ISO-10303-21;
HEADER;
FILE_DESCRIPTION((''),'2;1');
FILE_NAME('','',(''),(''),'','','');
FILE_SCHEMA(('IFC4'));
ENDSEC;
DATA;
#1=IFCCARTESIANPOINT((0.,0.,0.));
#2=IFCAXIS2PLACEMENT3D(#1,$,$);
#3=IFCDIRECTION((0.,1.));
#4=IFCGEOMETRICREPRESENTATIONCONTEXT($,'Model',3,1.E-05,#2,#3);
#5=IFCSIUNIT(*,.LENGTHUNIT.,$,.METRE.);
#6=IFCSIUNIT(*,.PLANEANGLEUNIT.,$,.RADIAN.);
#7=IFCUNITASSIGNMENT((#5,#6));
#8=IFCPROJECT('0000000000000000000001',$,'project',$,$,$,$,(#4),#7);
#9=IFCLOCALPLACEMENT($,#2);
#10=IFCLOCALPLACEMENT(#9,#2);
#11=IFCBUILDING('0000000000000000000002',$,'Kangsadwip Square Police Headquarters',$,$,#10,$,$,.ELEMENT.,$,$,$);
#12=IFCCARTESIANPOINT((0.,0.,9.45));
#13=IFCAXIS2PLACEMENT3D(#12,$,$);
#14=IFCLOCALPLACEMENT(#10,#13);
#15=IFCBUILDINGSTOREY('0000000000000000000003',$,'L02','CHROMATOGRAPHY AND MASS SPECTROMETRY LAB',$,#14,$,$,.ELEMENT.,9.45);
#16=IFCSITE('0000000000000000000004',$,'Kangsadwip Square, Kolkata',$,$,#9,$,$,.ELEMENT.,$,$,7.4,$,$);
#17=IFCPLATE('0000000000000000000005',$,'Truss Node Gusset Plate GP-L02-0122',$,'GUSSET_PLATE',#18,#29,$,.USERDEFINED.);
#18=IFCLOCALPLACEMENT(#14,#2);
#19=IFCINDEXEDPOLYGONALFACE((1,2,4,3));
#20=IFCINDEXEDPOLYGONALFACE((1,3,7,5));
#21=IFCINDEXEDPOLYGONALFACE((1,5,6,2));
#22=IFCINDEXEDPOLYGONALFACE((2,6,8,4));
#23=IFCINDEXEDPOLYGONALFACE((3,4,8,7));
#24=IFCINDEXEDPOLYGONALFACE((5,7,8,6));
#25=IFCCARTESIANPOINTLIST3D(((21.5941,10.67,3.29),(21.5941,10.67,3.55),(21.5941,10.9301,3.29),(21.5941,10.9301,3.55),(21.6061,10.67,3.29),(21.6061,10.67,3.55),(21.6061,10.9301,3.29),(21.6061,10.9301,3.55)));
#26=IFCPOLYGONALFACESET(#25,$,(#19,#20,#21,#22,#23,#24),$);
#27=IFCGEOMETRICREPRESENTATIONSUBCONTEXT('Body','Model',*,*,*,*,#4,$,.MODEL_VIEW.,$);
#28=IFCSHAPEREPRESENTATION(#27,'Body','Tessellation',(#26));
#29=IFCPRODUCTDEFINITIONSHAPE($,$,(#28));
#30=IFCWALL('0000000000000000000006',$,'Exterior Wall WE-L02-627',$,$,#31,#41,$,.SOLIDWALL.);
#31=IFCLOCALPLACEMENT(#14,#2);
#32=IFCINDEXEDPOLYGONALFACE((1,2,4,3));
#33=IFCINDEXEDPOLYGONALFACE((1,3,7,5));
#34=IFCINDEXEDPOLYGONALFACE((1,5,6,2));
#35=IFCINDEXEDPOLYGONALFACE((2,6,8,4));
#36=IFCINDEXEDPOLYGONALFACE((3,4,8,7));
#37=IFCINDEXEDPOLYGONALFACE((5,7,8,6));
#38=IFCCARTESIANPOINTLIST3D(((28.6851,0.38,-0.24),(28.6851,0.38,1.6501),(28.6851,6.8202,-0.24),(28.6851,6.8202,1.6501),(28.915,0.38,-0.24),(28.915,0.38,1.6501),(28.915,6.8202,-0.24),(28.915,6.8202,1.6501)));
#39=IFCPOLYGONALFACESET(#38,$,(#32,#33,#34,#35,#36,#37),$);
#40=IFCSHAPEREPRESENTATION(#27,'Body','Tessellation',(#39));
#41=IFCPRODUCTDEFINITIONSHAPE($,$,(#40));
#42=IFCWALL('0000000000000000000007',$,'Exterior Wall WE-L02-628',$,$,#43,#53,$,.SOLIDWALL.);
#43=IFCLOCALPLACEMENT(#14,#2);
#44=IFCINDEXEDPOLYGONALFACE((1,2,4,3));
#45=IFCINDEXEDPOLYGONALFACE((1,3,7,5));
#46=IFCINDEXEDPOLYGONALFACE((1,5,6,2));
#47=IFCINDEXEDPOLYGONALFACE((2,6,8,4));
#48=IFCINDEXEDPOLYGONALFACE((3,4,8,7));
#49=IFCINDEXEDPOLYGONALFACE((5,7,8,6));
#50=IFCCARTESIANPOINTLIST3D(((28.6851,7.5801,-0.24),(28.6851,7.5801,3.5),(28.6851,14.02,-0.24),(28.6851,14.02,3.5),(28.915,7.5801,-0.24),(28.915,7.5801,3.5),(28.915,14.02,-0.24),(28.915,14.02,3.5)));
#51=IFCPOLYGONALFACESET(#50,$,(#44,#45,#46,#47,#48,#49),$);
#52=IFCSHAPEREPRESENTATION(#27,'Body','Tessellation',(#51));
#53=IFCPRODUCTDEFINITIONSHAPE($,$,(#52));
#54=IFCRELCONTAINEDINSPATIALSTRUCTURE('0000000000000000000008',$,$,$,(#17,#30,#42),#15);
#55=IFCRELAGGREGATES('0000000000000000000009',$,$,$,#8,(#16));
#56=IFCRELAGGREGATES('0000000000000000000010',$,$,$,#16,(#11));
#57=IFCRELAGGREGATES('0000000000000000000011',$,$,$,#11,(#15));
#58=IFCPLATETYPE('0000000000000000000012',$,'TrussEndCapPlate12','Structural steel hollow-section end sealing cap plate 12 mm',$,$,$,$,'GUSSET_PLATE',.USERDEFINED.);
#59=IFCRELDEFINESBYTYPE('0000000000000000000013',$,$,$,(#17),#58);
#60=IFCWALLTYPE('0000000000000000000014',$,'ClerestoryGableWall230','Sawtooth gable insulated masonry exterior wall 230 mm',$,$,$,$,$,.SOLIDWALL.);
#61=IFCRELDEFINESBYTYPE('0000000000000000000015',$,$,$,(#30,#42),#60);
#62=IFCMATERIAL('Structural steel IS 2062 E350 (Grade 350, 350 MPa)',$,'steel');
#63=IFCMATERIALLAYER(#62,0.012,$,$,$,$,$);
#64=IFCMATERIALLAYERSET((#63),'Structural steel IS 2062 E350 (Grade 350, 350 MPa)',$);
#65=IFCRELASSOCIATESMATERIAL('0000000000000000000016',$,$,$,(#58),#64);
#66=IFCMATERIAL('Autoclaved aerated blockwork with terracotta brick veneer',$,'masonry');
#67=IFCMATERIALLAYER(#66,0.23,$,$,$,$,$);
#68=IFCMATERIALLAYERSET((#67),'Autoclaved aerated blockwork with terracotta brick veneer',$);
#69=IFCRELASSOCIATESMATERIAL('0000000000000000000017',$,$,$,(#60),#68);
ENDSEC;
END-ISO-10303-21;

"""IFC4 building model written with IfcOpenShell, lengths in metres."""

from ifc_helpers import new_model, si_unit, direction, frame, frame_2d, origin, origin_2d, place, context, subcontext, project, spatial, rectangle, extrude, material, layer, layer_set, type_object, element, save


model = new_model("IFC4")

# Units and contexts
model_context = context("Model", 3, precision=1e-05, world=origin(), true_north=direction((0.0, 1.0)))
body_context = subcontext(model_context, "Body", "Model", "MODEL_VIEW")
ifc_project = project(units=[si_unit("LENGTHUNIT", "METRE"), si_unit("PLANEANGLEUNIT", "RADIAN")], contexts=[model_context])

# Site, building, storey
site_placement = place(None, origin())
site = spatial("IfcSite", under=ifc_project, at=site_placement, Name="Kangsadwip Square, Kolkata", CompositionType="ELEMENT", RefElevation=7.4)
building_placement = place(site_placement, origin())
building = spatial("IfcBuilding", under=site, at=building_placement, Name="Kangsadwip Square Police Headquarters", CompositionType="ELEMENT")
storey_placement = place(building_placement, frame((0.0, 0.0, 9.45)))
storey = spatial("IfcBuildingStorey", under=building, at=storey_placement, Name="L02", Description="CHROMATOGRAPHY AND MASS SPECTROMETRY LAB", CompositionType="ELEMENT", Elevation=9.45)

# Plate
ifc_material_1 = material(Name="Structural steel IS 2062 E350 (Grade 350, 350 MPa)", Category="steel")
ifc_layer_1 = layer(ifc_material_1, 0.012)
ifc_layer_set_1 = layer_set([ifc_layer_1], Name="Structural steel IS 2062 E350 (Grade 350, 350 MPa)")
plate_type = type_object("IfcPlateType", Name="TrussEndCapPlate12", Description="Structural steel hollow-section end sealing cap plate 12 mm", ElementType="GUSSET_PLATE", PredefinedType="USERDEFINED", material=ifc_layer_set_1)
for number, where, z_axis, x_axis, name in (
    (1, (21.6001, 10.8, 3.29), (0.0, 0.0, 1.0), (0.0, 1.0, 0.0), "Truss Node Gusset Plate GP-L02-0122"),
):
    element("IfcPlate", number, at=place(storey_placement, frame(where, z_axis=z_axis, x_axis=x_axis)), inside=storey, type_object=plate_type, Name=name, ObjectType="GUSSET_PLATE", PredefinedType="USERDEFINED", context=body_context, shape_type="SweptSolid", body=[
        extrude(rectangle(XDim=0.26, YDim=0.012, at=origin_2d()), origin(), (0.0, 0.0, 1.0), 0.26),
    ])

# Walls
ifc_material_2 = material(Name="Autoclaved aerated blockwork with terracotta brick veneer", Category="masonry")
ifc_layer_2 = layer(ifc_material_2, 0.23)
ifc_layer_set_2 = layer_set([ifc_layer_2], Name="Autoclaved aerated blockwork with terracotta brick veneer")
wall_type = type_object("IfcWallType", Name="ClerestoryGableWall230", Description="Sawtooth gable insulated masonry exterior wall 230 mm", PredefinedType="SOLIDWALL", material=ifc_layer_set_2)
wall_1_placement = place(storey_placement, frame((28.8, 0.3799, -0.24), z_axis=(0.0, 0.0, 1.0), x_axis=(0.0, 1.0, 0.0)))
element("IfcWall", 2, at=wall_1_placement, inside=storey, type_object=wall_type, Name="Exterior Wall WE-L02-627", PredefinedType="SOLIDWALL", context=body_context, shape_type="SweptSolid", body=[
    extrude(rectangle(XDim=6.4402, YDim=0.23, at=frame_2d((3.2202, 0.0))), origin(), (0.0, 0.0, 1.0), 1.8901),
])
wall_2_placement = place(storey_placement, frame((28.8, 7.5801, -0.24), z_axis=(0.0, 0.0, 1.0), x_axis=(0.0, 1.0, 0.0)))
element("IfcWall", 3, at=wall_2_placement, inside=storey, type_object=wall_type, Name="Exterior Wall WE-L02-628", PredefinedType="SOLIDWALL", context=body_context, shape_type="SweptSolid", body=[
    extrude(rectangle(XDim=6.4399, YDim=0.23, at=frame_2d((3.22, 0.0))), origin(), (0.0, 0.0, 1.0), 3.74),
])

save(model, "model.ifc")
